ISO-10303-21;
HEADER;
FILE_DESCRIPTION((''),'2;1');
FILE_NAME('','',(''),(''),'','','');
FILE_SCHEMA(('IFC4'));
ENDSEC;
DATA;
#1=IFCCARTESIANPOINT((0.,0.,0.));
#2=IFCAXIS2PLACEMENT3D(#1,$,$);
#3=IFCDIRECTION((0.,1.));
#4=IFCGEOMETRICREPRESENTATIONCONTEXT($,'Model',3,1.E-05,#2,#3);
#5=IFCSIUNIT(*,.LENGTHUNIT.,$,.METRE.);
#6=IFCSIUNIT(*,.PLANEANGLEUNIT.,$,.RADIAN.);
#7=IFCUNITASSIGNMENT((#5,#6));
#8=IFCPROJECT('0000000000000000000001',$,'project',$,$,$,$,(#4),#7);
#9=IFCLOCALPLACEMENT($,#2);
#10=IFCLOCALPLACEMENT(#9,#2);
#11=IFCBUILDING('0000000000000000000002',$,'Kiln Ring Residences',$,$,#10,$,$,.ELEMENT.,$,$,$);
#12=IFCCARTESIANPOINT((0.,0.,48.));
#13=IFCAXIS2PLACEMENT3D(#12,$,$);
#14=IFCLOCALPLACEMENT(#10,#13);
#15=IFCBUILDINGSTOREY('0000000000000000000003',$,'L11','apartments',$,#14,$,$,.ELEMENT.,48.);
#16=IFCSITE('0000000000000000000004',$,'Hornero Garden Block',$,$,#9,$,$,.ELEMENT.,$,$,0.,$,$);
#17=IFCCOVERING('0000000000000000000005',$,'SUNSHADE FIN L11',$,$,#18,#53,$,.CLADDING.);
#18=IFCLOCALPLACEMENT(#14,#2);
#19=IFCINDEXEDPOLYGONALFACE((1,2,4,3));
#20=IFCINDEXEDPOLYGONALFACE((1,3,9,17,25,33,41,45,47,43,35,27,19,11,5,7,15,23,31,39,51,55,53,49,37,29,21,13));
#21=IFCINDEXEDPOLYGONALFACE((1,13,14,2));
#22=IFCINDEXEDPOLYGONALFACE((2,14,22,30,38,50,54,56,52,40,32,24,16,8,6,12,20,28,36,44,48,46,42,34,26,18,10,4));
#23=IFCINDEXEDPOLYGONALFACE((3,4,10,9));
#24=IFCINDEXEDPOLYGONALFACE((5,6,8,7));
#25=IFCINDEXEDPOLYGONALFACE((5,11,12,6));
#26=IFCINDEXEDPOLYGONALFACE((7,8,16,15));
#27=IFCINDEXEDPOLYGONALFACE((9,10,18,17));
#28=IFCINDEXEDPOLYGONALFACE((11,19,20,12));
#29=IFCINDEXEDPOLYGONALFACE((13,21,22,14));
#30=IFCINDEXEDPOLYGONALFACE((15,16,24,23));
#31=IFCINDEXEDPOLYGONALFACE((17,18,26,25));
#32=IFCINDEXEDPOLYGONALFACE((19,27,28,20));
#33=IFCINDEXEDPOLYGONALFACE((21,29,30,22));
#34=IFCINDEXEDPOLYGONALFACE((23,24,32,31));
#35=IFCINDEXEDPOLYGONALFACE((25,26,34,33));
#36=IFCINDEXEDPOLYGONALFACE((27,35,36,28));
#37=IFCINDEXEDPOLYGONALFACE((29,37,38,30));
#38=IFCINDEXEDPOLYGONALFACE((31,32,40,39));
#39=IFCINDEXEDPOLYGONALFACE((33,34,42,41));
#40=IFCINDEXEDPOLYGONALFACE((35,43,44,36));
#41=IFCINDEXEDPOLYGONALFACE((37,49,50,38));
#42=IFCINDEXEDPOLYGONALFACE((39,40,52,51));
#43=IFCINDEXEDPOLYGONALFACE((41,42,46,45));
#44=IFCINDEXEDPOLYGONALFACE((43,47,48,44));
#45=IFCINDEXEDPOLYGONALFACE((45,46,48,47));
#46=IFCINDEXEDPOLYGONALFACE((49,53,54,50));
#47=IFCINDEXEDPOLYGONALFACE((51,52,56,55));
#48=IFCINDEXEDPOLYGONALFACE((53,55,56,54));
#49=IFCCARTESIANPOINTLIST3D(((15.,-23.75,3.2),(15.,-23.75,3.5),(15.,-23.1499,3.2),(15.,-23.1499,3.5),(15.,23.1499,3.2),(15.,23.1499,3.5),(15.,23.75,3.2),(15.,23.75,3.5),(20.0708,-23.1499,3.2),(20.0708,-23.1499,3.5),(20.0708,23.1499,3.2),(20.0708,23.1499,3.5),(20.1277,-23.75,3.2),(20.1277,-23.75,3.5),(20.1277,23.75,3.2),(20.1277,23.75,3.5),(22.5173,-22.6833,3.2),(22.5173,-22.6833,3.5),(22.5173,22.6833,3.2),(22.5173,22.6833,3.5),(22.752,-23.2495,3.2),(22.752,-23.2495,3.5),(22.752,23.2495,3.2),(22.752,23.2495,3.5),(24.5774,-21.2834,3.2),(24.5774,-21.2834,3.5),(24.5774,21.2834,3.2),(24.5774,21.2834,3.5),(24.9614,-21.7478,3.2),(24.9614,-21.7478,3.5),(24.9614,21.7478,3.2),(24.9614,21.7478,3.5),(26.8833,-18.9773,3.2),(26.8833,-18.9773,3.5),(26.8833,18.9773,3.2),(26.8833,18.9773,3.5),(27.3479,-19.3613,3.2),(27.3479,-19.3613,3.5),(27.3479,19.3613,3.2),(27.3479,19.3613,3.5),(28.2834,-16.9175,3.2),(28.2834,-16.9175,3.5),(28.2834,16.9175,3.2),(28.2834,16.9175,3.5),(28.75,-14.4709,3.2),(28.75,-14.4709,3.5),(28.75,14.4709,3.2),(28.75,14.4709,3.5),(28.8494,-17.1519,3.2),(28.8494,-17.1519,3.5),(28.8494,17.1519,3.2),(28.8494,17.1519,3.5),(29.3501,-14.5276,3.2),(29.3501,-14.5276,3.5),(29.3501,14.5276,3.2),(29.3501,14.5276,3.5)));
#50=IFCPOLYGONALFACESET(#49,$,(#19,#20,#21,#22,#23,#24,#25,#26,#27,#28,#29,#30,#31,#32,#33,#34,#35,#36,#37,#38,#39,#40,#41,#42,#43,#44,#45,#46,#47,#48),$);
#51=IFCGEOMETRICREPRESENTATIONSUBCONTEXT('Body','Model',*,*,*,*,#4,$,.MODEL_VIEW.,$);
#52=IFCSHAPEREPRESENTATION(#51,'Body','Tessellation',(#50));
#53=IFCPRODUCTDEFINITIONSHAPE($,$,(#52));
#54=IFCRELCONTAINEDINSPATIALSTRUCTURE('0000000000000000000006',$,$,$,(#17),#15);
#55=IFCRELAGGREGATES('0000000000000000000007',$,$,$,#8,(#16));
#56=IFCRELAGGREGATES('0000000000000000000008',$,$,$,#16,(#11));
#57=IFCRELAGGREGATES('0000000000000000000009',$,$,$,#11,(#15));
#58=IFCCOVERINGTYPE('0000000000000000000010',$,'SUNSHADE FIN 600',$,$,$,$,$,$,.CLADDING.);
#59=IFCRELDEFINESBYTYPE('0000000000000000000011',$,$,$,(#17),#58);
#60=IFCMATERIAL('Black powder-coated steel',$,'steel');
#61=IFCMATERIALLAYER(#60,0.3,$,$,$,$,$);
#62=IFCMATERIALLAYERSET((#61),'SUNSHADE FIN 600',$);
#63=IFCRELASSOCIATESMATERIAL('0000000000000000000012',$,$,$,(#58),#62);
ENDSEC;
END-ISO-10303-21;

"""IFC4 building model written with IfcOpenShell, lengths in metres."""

from ifc_helpers import new_model, si_unit, direction, frame, origin, place, context, subcontext, project, spatial, polyline, outline, extrude, material, layer, layer_set, type_object, element, save


model = new_model("IFC4")

# Units and contexts
model_context = context("Model", 3, precision=1e-05, world=origin(), true_north=direction((0.0, 1.0)))
body_context = subcontext(model_context, "Body", "Model", "MODEL_VIEW")
ifc_project = project(units=[si_unit("LENGTHUNIT", "METRE"), si_unit("PLANEANGLEUNIT", "RADIAN")], contexts=[model_context])

# Site, building, storey
site_placement = place(None, origin())
site = spatial("IfcSite", under=ifc_project, at=site_placement, Name="Hornero Garden Block", CompositionType="ELEMENT", RefElevation=0.0)
building_placement = place(site_placement, origin())
building = spatial("IfcBuilding", under=site, at=building_placement, Name="Kiln Ring Residences", CompositionType="ELEMENT")
storey_placement = place(building_placement, frame((0.0, 0.0, 48.0)))
storey = spatial("IfcBuildingStorey", under=building, at=storey_placement, Name="L11", Description="apartments", CompositionType="ELEMENT", Elevation=48.0)

# Covering
ifc_material_1 = material(Name="Black powder-coated steel", Category="steel")
ifc_layer_1 = layer(ifc_material_1, 0.3)
ifc_layer_set_1 = layer_set([ifc_layer_1], Name="SUNSHADE FIN 600")
covering_type = type_object("IfcCoveringType", Name="SUNSHADE FIN 600", PredefinedType="CLADDING", material=ifc_layer_set_1)
placement = place(storey_placement, frame((0.0, 0.0, 3.2)))
element("IfcCovering", 1, at=placement, inside=storey, type_object=covering_type, Name="SUNSHADE FIN L11", PredefinedType="CLADDING", context=body_context, shape_type="SweptSolid", body=[
    extrude(outline(polyline([(20.1277, 23.75), (15.0, 23.75), (15.0, 23.1499), (20.0708, 23.1499), (22.5173, 22.6833), (24.5774, 21.2834), (26.8833, 18.9773), (28.2834, 16.9175), (28.75, 14.4709), (28.75, -14.4709), (28.2834, -16.9175), (26.8833, -18.9773), (24.5774, -21.2834), (22.5173, -22.6833), (20.0708, -23.1499), (15.0, -23.1499), (15.0, -23.75), (20.1277, -23.75), (22.752, -23.2495), (24.9614, -21.7478), (27.3479, -19.3613), (28.8494, -17.1519), (29.3501, -14.5276), (29.3501, 14.5276), (28.8494, 17.1519), (27.3479, 19.3613), (24.9614, 21.7478), (22.752, 23.2495), (20.1277, 23.75)])), origin(), (0.0, 0.0, 1.0), 0.3),
])

save(model, "model.ifc")
